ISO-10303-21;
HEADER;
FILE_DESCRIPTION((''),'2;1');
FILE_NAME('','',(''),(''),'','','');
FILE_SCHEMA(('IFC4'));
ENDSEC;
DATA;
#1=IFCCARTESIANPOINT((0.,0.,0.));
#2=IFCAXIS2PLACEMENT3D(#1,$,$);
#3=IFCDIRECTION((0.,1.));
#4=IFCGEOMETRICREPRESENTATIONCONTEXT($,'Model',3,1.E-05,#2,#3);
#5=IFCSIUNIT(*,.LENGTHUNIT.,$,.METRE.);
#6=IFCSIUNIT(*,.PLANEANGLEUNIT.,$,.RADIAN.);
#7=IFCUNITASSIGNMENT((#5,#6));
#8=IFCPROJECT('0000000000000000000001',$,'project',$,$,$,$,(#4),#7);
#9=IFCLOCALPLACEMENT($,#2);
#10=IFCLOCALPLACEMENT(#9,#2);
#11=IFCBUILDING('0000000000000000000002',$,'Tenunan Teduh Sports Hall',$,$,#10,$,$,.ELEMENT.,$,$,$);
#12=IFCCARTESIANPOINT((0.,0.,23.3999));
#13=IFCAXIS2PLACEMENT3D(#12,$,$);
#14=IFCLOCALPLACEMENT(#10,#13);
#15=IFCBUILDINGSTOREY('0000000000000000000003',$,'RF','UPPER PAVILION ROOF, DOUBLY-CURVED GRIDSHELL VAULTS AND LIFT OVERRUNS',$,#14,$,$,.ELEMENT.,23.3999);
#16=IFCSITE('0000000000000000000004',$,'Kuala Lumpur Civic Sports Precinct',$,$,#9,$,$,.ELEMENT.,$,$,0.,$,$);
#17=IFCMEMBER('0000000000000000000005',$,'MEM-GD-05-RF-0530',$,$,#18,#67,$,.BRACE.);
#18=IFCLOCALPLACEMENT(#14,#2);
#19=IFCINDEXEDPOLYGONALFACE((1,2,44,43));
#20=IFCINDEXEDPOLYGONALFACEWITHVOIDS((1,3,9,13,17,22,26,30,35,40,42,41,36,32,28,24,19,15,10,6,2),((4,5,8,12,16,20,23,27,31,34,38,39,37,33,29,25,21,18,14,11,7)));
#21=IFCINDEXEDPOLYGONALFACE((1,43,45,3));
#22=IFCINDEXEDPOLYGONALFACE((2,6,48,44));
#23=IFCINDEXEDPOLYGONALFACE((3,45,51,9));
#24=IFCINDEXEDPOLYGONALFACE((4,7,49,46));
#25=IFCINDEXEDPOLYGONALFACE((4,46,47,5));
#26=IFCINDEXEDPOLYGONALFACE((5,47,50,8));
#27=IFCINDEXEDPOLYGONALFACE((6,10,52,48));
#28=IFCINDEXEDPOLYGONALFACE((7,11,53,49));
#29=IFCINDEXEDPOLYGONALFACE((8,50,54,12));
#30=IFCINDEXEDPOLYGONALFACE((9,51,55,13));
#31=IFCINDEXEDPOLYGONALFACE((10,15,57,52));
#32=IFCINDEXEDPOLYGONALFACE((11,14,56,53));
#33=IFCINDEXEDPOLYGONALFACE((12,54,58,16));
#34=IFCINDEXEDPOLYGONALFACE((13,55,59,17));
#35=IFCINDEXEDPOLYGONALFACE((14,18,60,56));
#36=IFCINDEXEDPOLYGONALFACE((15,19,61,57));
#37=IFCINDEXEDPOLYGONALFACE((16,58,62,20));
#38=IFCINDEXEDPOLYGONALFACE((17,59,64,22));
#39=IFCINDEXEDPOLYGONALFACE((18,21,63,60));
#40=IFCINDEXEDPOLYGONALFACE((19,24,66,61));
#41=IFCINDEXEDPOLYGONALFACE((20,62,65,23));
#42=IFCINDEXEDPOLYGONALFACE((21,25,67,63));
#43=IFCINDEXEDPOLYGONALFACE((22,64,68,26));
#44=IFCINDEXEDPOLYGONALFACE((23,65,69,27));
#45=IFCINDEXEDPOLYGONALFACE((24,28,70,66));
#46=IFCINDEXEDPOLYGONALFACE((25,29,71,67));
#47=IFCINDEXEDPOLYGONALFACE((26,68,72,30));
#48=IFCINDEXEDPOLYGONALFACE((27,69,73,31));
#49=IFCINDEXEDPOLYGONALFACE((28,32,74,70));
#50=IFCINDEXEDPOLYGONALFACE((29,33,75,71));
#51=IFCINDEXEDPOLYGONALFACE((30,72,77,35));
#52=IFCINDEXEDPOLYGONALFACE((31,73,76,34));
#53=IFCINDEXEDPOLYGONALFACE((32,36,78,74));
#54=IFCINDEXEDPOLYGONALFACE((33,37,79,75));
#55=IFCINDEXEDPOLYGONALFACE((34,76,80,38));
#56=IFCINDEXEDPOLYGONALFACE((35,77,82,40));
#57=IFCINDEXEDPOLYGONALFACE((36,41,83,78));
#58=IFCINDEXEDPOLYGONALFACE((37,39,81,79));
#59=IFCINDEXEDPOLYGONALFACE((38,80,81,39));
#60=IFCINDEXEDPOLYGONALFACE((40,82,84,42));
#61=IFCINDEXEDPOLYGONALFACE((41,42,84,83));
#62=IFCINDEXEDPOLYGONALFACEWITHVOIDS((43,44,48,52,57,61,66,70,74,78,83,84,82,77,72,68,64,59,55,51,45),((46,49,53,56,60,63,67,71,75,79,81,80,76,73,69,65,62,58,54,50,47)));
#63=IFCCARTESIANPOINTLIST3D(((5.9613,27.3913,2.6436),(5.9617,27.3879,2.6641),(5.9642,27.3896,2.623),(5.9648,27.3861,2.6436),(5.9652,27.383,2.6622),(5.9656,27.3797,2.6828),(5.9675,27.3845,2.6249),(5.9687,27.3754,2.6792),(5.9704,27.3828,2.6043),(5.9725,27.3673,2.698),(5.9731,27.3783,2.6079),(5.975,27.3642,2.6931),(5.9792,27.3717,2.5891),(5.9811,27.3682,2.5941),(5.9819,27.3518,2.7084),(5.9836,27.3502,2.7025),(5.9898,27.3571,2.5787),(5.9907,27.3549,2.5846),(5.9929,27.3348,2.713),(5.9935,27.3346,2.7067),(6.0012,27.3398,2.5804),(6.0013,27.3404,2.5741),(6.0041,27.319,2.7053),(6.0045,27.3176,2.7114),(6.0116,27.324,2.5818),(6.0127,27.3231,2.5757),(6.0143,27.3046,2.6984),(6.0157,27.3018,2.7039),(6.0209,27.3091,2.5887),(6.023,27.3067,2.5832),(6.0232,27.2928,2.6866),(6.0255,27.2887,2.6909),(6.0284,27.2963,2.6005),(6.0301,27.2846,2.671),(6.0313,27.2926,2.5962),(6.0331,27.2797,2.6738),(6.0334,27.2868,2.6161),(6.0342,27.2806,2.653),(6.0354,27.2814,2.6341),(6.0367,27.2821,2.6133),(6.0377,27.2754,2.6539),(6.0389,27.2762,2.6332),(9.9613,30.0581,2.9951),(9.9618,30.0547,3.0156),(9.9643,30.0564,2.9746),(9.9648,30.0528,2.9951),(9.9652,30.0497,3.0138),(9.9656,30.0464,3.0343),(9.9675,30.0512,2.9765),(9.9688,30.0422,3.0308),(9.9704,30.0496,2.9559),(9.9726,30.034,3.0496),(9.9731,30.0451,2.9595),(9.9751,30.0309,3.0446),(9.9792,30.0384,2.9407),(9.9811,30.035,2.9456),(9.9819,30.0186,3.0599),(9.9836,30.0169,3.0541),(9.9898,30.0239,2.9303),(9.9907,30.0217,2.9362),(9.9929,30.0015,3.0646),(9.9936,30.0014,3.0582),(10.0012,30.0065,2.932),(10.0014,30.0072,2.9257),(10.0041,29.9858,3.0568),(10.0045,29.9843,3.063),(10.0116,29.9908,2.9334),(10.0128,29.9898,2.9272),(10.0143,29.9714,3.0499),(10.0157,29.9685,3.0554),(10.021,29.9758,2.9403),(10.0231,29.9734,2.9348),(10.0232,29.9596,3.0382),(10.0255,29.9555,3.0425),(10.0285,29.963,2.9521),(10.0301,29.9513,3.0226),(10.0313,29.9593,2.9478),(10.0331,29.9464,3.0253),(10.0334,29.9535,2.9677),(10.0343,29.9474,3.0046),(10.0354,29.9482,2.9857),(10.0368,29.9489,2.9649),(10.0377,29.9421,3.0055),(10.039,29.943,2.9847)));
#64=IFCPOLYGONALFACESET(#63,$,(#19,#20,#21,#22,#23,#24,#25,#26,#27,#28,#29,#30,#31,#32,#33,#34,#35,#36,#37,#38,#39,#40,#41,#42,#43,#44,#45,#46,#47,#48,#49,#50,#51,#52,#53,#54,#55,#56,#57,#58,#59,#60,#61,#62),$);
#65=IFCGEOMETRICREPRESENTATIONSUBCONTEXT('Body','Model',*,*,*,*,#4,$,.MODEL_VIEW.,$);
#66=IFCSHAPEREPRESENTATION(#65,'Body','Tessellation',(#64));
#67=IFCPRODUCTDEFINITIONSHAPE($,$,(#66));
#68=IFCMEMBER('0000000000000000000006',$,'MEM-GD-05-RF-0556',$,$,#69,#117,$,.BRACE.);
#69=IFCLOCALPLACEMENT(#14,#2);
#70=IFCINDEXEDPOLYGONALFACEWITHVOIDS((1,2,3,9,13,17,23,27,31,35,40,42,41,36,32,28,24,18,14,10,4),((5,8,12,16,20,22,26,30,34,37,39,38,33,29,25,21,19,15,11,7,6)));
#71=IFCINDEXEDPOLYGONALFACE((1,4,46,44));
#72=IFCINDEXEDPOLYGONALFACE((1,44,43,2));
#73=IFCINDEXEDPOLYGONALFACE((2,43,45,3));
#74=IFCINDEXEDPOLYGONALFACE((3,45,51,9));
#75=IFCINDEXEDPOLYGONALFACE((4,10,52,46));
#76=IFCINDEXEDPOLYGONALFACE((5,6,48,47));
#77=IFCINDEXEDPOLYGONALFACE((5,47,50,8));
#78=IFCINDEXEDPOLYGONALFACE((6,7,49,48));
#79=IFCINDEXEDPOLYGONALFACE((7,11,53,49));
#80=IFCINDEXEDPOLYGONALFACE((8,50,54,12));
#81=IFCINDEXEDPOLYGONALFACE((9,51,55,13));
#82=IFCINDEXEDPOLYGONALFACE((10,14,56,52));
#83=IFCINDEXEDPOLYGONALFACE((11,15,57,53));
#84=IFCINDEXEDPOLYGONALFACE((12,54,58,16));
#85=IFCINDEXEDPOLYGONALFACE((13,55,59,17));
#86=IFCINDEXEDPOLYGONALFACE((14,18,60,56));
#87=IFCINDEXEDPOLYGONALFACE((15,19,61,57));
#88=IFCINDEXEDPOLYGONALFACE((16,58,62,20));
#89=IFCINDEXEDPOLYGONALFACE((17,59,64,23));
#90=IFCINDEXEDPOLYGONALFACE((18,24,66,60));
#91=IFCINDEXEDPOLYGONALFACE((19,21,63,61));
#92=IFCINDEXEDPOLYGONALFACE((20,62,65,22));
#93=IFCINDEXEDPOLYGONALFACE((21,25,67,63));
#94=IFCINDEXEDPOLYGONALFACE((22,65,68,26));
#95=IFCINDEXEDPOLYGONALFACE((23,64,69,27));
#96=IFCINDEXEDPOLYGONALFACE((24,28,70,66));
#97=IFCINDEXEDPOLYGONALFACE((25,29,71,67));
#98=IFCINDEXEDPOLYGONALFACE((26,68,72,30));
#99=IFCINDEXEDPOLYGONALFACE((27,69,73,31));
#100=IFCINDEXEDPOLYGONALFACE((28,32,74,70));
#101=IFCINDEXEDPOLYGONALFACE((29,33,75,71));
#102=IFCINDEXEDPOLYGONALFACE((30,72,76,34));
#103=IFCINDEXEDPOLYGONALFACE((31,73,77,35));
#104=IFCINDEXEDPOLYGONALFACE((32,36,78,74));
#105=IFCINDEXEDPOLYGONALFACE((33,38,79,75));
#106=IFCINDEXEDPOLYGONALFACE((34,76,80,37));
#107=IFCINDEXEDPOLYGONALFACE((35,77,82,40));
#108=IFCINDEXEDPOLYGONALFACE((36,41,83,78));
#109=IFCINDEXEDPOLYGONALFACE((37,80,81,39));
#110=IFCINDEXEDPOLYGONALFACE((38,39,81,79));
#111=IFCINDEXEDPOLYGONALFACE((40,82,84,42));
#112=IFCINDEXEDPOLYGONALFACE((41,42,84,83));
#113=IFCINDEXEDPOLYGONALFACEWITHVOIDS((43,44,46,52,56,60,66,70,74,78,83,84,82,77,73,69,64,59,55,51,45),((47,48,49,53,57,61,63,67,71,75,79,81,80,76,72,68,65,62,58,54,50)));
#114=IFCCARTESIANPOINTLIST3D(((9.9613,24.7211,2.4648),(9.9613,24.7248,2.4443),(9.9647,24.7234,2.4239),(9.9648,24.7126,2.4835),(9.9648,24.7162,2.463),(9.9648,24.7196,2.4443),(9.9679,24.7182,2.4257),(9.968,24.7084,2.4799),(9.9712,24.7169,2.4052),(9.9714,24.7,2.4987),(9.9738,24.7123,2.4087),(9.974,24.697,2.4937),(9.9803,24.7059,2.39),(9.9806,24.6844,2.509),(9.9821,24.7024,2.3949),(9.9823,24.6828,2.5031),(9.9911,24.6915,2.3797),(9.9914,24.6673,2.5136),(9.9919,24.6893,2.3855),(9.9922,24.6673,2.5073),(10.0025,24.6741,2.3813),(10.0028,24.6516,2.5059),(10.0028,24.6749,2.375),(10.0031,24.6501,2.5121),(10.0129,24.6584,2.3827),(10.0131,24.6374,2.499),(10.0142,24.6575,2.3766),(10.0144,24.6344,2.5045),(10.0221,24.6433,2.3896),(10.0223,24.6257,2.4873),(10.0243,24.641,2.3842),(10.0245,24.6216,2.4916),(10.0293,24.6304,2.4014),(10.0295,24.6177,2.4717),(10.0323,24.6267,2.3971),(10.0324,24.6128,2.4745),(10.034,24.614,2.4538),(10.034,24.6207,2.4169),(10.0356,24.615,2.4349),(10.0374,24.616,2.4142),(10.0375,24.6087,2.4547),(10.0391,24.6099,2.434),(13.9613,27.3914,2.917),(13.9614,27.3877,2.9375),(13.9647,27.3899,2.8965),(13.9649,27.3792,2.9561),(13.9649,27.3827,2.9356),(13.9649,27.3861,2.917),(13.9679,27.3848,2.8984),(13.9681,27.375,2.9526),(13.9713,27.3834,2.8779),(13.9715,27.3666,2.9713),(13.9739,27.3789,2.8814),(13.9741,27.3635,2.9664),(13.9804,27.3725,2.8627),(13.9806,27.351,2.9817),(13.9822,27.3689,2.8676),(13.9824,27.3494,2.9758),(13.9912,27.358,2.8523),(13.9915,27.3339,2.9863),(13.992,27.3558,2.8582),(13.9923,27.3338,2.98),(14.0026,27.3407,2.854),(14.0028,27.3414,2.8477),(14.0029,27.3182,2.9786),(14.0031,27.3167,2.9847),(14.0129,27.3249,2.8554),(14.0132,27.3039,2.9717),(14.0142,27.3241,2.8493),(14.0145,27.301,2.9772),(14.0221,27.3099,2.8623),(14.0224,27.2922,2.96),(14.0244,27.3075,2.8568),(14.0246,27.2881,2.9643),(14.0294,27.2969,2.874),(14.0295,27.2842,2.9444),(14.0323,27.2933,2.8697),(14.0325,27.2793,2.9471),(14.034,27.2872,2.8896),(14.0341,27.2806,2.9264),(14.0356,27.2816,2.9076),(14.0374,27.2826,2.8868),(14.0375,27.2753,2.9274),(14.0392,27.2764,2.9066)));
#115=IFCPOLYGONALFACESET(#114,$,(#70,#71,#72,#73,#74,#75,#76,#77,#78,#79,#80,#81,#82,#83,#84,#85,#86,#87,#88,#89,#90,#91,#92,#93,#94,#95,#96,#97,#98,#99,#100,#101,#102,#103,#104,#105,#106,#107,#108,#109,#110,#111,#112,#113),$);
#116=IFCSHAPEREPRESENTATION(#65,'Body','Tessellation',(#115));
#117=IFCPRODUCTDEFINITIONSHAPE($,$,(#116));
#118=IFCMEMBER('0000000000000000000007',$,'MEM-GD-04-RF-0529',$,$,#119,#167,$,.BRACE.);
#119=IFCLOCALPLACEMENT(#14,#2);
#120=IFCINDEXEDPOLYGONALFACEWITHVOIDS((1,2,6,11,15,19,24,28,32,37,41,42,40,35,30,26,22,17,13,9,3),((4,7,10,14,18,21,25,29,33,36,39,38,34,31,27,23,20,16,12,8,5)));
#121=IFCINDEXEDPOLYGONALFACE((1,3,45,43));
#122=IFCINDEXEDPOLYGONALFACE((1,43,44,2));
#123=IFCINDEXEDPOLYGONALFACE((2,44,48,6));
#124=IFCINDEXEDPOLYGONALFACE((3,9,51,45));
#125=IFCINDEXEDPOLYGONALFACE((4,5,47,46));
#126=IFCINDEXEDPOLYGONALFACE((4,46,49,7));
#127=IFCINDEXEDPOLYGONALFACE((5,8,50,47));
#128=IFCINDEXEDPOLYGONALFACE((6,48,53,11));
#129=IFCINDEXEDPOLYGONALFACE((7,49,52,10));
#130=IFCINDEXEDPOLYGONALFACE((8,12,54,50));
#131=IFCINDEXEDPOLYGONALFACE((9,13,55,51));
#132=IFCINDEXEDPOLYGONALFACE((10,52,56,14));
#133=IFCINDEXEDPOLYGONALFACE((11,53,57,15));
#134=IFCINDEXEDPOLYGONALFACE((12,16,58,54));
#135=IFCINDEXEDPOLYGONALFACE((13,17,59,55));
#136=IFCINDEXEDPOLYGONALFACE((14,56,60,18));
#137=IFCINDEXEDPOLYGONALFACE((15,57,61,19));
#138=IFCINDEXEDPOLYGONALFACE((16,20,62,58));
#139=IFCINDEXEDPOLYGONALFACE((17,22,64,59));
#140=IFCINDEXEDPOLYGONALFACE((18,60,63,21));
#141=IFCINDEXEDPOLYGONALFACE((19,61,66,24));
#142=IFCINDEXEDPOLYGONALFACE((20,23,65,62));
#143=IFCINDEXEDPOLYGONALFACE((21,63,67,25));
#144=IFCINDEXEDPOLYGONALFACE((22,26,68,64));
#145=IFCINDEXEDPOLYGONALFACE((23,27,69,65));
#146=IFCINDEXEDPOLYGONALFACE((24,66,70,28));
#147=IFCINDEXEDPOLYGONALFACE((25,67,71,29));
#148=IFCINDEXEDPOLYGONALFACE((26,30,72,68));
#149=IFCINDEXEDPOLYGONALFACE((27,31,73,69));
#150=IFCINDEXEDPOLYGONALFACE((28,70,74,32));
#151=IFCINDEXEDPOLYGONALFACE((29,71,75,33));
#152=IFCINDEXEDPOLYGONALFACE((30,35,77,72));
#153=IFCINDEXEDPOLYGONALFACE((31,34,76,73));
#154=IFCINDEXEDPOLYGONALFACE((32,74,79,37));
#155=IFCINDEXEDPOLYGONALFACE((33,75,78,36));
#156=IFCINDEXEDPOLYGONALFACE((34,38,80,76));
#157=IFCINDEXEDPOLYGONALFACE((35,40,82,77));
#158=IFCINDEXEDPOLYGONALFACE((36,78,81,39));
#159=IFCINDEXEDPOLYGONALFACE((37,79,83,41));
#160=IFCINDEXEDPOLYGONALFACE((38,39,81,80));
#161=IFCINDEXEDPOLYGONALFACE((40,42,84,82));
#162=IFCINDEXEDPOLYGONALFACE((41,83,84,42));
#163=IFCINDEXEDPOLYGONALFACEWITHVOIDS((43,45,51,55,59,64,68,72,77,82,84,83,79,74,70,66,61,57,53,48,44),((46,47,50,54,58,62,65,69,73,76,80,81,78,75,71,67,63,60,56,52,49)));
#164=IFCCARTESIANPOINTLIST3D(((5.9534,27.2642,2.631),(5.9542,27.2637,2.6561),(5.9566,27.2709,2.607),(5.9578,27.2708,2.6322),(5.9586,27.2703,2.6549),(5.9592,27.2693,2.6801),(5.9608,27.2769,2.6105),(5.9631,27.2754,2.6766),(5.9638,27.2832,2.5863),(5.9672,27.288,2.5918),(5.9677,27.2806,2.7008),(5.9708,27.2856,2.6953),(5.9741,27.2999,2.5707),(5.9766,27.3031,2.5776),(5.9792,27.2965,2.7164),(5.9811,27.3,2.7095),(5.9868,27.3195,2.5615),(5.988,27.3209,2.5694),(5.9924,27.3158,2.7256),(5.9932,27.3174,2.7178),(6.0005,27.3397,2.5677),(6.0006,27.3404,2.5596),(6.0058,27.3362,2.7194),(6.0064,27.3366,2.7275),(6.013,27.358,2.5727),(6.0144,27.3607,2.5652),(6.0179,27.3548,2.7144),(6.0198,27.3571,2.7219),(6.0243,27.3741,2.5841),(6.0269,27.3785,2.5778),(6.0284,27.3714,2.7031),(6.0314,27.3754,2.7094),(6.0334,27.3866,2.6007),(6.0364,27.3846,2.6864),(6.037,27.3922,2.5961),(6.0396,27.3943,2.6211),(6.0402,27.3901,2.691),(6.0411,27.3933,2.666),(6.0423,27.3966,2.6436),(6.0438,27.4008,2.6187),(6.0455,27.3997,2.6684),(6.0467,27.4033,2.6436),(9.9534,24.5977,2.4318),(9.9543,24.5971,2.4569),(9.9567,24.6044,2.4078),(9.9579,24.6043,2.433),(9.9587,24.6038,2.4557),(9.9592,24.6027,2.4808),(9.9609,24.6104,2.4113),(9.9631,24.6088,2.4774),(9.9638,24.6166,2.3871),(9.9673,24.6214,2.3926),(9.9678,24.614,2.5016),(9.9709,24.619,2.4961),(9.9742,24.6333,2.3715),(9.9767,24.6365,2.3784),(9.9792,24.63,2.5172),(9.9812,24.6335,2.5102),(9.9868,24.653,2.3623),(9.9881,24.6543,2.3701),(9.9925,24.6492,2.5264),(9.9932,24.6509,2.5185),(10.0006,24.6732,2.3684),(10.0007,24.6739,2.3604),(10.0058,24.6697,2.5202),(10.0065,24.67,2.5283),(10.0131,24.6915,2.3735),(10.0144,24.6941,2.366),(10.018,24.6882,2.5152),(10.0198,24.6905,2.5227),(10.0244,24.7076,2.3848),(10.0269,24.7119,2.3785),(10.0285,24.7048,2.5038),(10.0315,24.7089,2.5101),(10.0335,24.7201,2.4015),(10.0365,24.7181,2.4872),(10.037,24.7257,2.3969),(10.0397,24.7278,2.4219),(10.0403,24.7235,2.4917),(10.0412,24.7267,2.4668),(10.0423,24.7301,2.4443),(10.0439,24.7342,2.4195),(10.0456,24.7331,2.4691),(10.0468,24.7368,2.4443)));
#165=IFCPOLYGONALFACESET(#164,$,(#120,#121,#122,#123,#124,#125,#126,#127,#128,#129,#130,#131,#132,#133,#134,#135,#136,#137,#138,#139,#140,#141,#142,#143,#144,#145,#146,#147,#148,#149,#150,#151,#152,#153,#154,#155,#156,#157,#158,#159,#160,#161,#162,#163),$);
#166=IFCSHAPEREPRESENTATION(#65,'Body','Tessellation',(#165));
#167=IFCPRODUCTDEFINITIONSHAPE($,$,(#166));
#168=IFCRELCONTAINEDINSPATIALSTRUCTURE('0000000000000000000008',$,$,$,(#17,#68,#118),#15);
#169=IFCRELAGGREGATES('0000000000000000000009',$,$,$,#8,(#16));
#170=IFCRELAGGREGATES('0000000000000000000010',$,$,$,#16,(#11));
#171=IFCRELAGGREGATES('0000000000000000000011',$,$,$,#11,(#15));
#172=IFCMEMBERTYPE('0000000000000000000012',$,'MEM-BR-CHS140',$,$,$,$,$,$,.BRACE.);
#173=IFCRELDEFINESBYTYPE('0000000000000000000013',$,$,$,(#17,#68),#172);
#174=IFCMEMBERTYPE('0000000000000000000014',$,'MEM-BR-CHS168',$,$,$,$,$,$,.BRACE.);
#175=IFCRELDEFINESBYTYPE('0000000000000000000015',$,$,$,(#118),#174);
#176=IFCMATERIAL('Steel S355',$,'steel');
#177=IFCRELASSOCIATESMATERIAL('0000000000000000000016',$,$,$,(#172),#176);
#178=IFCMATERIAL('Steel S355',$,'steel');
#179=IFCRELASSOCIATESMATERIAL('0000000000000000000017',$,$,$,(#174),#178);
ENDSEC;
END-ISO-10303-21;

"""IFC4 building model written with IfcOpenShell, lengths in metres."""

from ifc_helpers import new_model, si_unit, direction, frame, origin, origin_2d, place, context, subcontext, project, spatial, hollow_circle, extrude, material, material_profile, profile_set, type_object, element, save


model = new_model("IFC4")

# Units and contexts
model_context = context("Model", 3, precision=1e-05, world=origin(), true_north=direction((0.0, 1.0)))
body_context = subcontext(model_context, "Body", "Model", "MODEL_VIEW")
ifc_project = project(units=[si_unit("LENGTHUNIT", "METRE"), si_unit("PLANEANGLEUNIT", "RADIAN")], contexts=[model_context])

# Site, building, storey
site_placement = place(None, origin())
site = spatial("IfcSite", under=ifc_project, at=site_placement, Name="Kuala Lumpur Civic Sports Precinct", CompositionType="ELEMENT", RefElevation=0.0)
building_placement = place(site_placement, origin())
building = spatial("IfcBuilding", under=site, at=building_placement, Name="Tenunan Teduh Sports Hall", CompositionType="ELEMENT")
storey_placement = place(building_placement, frame((0.0, 0.0, 23.3999)))
storey = spatial("IfcBuildingStorey", under=building, at=storey_placement, Name="RF", Description="UPPER PAVILION ROOF, DOUBLY-CURVED GRIDSHELL VAULTS AND LIFT OVERRUNS", CompositionType="ELEMENT", Elevation=23.3999)

# Members
ifc_material_1 = material(Name="Steel S355", Category="steel")
ifc_material_profile_1 = material_profile(ifc_material_1, hollow_circle(Radius=0.0698, WallThickness=0.0063, at=origin_2d()), Name="CHS 139.7x6.3")
ifc_profile_set_1 = profile_set([ifc_material_profile_1], Name="Steel S355")
member_type_1 = type_object("IfcMemberType", Name="MEM-BR-CHS140", PredefinedType="BRACE", material=ifc_profile_set_1)
member_1_placement = place(storey_placement, frame((6.0, 27.3333, 2.6436), z_axis=(0.829827, 0.553235, 0.072934), x_axis=(-0.554712, 0.832042, 0.0)))
element("IfcMember", 1, at=member_1_placement, inside=storey, type_object=member_type_1, Name="MEM-GD-05-RF-0530", PredefinedType="BRACE", context=body_context, shape_type="SweptSolid", body=[
    extrude(hollow_circle(Radius=0.0698, WallThickness=0.0063, at=origin_2d()), origin(), (0.0, 0.0, 1.0), 4.8203),
])
member_2_placement = place(storey_placement, frame((10.0, 24.6667, 2.4443), z_axis=(0.828073, 0.552015, 0.097848), x_axis=(-0.554677, 0.832066, 0.0)))
element("IfcMember", 2, at=member_2_placement, inside=storey, type_object=member_type_1, Name="MEM-GD-05-RF-0556", PredefinedType="BRACE", context=body_context, shape_type="SweptSolid", body=[
    extrude(hollow_circle(Radius=0.0698, WallThickness=0.0063, at=origin_2d()), origin(), (0.0, 0.0, 1.0), 4.8306),
])
ifc_material_2 = material(Name="Steel S355", Category="steel")
ifc_material_profile_2 = material_profile(ifc_material_2, hollow_circle(Radius=0.0842, WallThickness=0.0081, at=origin_2d()), Name="CHS 168.3x8.0")
ifc_profile_set_2 = profile_set([ifc_material_profile_2], Name="Steel S355")
member_type_2 = type_object("IfcMemberType", Name="MEM-BR-CHS168", PredefinedType="BRACE", material=ifc_profile_set_2)
member_3_placement = place(storey_placement, frame((6.0, 27.3333, 2.6436), z_axis=(0.831352, -0.554201, -0.041405), x_axis=(0.554677, 0.832066, 0.0)))
element("IfcMember", 3, at=member_3_placement, inside=storey, type_object=member_type_2, Name="MEM-GD-04-RF-0529", PredefinedType="BRACE", context=body_context, shape_type="SweptSolid", body=[
    extrude(hollow_circle(Radius=0.0842, WallThickness=0.0081, at=origin_2d()), origin(), (0.0, 0.0, 1.0), 4.8115),
])

save(model, "model.ifc")
